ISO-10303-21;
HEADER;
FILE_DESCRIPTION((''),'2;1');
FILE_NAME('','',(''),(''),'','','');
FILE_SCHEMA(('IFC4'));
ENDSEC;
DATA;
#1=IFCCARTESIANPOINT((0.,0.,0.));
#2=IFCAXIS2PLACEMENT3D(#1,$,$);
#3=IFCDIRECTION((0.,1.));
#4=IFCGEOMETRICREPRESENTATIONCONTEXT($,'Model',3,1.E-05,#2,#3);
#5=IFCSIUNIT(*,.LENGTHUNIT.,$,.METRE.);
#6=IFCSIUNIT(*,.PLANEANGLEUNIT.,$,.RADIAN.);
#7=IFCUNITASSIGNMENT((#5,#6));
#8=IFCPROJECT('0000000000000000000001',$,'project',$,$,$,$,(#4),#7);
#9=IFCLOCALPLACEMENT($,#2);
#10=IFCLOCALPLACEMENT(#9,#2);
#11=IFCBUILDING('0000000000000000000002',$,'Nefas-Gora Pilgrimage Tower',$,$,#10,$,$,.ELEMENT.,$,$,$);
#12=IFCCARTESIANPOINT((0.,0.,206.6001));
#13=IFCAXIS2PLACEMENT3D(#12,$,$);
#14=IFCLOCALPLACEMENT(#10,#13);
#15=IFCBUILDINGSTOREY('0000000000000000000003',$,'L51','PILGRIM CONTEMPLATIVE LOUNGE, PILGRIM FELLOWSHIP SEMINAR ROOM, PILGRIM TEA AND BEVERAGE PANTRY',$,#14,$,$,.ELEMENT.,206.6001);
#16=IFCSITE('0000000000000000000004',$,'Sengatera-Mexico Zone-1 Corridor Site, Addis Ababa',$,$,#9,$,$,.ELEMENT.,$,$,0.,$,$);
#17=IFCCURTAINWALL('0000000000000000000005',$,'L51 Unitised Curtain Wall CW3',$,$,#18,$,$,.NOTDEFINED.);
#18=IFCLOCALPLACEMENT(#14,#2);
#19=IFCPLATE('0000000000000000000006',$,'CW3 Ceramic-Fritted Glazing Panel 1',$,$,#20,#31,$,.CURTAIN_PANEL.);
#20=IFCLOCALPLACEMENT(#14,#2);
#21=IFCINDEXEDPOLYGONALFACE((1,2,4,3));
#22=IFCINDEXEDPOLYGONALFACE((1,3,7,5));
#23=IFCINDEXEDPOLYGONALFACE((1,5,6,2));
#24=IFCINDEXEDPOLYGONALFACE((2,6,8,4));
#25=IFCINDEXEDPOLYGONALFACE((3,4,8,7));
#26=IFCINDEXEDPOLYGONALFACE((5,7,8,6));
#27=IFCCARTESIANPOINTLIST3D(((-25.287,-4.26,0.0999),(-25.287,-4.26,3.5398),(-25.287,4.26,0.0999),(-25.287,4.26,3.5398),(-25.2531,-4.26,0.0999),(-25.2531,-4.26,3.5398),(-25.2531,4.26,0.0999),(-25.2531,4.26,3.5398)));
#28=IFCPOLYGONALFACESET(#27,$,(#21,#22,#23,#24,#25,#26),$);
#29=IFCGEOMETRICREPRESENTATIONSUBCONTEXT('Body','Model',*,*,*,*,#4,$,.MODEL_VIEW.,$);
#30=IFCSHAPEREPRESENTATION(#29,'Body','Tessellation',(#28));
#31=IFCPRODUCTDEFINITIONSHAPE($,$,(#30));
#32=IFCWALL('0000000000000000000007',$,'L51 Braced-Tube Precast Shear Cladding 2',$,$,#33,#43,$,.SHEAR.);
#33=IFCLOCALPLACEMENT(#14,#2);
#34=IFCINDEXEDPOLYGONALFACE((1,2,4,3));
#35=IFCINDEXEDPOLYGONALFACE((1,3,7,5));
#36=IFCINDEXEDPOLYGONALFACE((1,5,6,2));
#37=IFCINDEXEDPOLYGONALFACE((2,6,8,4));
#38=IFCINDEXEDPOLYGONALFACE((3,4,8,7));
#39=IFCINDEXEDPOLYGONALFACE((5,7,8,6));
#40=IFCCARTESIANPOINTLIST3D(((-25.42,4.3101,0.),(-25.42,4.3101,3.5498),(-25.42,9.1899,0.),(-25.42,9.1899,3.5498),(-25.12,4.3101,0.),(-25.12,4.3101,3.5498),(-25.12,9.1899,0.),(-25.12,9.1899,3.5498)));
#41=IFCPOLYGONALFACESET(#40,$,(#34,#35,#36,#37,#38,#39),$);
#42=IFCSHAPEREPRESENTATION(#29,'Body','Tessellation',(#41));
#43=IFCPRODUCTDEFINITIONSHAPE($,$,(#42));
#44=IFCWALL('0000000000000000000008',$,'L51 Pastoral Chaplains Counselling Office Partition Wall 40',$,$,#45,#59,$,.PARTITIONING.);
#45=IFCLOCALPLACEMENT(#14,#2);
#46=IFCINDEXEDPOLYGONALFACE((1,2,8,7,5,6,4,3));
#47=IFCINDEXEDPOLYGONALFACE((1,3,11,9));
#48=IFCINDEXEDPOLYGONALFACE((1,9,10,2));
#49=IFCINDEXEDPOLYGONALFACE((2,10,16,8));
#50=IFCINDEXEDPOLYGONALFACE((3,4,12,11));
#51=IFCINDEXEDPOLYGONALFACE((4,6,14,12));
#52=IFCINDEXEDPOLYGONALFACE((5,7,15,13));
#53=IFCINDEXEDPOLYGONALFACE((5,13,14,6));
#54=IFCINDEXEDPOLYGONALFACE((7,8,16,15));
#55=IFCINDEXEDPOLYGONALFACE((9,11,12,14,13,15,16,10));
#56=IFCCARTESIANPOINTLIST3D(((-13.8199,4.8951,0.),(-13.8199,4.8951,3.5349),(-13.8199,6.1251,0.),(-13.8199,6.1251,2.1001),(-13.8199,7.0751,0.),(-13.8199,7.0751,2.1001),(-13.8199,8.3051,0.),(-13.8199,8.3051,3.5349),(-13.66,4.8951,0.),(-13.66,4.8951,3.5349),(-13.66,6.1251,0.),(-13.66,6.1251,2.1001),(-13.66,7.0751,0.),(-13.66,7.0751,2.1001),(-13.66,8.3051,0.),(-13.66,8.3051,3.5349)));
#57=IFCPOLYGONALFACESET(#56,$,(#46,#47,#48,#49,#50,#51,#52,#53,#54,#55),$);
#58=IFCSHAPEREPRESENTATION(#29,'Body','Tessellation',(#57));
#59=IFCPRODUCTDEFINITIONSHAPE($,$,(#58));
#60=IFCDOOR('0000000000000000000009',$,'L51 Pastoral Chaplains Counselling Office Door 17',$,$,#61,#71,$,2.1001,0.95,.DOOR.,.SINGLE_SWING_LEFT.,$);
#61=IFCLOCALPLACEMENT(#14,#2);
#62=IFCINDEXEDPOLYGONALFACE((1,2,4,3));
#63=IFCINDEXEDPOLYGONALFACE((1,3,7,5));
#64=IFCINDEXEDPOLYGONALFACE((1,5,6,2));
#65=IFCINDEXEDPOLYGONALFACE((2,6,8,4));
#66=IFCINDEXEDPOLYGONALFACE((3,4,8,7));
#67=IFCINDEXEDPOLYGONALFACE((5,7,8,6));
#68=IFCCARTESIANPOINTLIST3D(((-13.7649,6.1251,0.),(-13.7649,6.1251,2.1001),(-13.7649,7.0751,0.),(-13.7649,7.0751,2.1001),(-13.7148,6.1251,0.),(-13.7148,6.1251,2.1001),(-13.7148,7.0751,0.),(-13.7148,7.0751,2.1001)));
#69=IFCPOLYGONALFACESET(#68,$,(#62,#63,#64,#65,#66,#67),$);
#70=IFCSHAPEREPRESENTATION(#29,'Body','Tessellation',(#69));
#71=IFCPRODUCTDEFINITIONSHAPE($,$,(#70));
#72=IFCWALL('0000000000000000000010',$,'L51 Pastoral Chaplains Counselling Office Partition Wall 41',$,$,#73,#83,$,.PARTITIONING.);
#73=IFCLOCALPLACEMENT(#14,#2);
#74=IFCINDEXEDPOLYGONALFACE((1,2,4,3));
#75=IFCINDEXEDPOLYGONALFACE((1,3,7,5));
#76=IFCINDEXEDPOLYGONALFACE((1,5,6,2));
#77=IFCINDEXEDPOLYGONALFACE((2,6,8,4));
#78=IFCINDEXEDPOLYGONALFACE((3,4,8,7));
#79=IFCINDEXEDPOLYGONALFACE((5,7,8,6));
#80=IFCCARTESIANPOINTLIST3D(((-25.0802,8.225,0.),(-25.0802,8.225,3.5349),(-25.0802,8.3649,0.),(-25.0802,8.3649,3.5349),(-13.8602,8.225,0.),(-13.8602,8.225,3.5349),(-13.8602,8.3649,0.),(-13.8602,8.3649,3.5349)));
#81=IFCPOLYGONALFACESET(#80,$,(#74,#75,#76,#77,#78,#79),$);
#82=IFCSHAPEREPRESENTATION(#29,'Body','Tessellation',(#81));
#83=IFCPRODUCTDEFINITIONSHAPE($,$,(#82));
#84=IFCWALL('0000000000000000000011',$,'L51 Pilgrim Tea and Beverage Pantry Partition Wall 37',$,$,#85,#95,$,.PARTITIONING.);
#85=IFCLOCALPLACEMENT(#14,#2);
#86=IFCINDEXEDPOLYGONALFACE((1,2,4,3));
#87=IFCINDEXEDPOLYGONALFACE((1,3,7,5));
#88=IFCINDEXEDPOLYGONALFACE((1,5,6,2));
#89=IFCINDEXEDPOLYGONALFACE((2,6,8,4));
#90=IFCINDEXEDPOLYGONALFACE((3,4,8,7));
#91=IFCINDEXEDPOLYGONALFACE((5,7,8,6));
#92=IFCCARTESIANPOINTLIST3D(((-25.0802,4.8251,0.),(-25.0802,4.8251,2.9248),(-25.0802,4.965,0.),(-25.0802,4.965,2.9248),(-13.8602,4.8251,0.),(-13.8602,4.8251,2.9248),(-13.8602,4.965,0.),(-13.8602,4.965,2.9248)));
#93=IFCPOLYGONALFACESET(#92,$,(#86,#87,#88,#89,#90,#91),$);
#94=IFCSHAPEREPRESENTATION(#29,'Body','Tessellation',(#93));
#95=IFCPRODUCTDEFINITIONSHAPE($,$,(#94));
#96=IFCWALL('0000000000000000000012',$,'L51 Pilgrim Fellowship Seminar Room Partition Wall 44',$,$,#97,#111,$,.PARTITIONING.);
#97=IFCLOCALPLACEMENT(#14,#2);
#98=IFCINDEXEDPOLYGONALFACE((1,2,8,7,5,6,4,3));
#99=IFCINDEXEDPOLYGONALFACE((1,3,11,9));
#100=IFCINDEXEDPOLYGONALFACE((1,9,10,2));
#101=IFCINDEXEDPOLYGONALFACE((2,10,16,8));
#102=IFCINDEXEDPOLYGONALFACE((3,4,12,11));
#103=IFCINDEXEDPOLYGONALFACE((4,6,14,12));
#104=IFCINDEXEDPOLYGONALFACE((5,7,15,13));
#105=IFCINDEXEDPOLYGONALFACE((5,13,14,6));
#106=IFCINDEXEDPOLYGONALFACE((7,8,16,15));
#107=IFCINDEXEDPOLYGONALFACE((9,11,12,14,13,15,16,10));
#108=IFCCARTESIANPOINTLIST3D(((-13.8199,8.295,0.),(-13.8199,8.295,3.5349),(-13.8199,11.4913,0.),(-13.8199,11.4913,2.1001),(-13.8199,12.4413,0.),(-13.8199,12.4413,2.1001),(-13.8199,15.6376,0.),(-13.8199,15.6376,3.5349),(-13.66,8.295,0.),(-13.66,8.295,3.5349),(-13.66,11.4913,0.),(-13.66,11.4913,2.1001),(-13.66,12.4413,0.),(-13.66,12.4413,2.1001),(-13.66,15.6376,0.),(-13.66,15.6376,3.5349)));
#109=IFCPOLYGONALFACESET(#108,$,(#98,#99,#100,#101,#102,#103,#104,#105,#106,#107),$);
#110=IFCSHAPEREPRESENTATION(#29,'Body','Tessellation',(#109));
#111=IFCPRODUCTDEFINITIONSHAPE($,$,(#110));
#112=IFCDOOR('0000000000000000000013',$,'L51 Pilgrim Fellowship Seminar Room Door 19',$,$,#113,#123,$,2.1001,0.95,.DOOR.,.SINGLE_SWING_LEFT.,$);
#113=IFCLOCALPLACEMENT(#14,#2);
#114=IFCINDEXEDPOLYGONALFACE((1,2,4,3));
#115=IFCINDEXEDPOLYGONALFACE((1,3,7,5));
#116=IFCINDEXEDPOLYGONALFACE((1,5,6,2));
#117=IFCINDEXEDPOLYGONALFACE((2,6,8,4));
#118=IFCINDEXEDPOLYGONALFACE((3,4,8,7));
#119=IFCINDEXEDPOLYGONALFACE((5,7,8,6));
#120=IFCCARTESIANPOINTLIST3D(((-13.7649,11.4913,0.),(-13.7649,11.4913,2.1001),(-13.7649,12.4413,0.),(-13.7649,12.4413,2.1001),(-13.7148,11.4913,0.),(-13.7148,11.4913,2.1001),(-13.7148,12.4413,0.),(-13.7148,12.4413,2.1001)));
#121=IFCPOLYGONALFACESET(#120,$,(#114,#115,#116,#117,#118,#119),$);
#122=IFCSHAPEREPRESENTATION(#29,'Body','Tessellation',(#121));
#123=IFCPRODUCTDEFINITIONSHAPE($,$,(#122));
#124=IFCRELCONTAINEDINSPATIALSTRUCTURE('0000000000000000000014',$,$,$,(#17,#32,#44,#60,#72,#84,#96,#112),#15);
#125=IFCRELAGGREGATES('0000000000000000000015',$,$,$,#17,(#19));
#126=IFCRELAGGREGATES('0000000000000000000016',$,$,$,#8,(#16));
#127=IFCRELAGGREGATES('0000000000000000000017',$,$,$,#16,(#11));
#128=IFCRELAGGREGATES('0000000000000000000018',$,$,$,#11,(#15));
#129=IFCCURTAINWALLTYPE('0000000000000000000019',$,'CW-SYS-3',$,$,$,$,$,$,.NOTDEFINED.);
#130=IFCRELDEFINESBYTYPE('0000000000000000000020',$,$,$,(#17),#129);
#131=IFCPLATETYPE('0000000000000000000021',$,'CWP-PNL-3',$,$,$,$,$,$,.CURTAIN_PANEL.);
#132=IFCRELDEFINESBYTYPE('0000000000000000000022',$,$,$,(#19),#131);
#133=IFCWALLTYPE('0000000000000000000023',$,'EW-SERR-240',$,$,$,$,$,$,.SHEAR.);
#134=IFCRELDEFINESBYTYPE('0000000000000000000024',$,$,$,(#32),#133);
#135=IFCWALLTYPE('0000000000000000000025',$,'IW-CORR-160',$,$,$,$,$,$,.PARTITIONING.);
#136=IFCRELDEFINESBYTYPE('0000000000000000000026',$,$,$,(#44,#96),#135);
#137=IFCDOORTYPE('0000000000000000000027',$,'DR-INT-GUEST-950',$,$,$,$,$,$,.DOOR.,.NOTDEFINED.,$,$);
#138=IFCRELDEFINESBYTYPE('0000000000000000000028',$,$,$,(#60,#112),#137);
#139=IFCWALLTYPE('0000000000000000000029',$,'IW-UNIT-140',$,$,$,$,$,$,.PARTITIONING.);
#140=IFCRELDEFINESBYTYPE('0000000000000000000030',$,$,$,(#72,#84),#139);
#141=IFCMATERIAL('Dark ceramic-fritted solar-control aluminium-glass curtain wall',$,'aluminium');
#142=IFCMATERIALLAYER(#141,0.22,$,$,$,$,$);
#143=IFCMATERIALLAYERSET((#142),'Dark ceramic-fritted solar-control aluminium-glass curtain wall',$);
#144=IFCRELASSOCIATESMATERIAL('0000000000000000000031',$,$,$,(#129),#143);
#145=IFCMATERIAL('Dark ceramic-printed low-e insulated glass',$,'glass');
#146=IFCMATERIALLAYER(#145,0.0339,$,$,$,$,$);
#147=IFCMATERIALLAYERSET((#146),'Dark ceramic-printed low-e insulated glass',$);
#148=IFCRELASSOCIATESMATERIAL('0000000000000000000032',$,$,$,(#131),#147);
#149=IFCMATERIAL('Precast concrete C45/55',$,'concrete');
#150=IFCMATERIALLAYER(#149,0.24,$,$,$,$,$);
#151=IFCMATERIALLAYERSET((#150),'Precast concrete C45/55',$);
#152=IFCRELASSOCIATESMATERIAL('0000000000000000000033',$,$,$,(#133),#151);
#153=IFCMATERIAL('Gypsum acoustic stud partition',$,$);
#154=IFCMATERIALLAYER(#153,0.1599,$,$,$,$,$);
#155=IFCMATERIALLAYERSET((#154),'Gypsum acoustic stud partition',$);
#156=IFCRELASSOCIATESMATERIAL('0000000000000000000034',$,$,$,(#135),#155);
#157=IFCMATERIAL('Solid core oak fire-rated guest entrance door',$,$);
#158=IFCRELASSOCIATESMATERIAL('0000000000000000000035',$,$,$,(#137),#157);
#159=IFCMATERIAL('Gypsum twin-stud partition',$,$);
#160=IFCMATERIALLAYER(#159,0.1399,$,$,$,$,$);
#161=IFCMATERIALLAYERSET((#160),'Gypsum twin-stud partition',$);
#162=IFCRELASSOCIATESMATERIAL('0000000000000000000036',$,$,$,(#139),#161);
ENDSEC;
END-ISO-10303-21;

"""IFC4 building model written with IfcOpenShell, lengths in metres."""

from ifc_helpers import new_model, si_unit, direction, frame, frame_2d, origin, origin_2d, place, context, subcontext, project, spatial, rectangle, extrude, source, transform, mapped, material, layer, layer_set, type_object, element, fill, aggregate, save


model = new_model("IFC4")

# Units and contexts
model_context = context("Model", 3, precision=1e-05, world=origin(), true_north=direction((0.0, 1.0)))
body_context = subcontext(model_context, "Body", "Model", "MODEL_VIEW")
ifc_project = project(units=[si_unit("LENGTHUNIT", "METRE"), si_unit("PLANEANGLEUNIT", "RADIAN")], contexts=[model_context])

# Site, building, storey
site_placement = place(None, origin())
site = spatial("IfcSite", under=ifc_project, at=site_placement, Name="Sengatera-Mexico Zone-1 Corridor Site, Addis Ababa", CompositionType="ELEMENT", RefElevation=0.0)
building_placement = place(site_placement, origin())
building = spatial("IfcBuilding", under=site, at=building_placement, Name="Nefas-Gora Pilgrimage Tower", CompositionType="ELEMENT")
storey_placement = place(building_placement, frame((0.0, 0.0, 206.6001)))
storey = spatial("IfcBuildingStorey", under=building, at=storey_placement, Name="L51", Description="PILGRIM CONTEMPLATIVE LOUNGE, PILGRIM FELLOWSHIP SEMINAR ROOM, PILGRIM TEA AND BEVERAGE PANTRY", CompositionType="ELEMENT", Elevation=206.6001)

# Curtain wall
ifc_material_1 = material(Name="Dark ceramic-fritted solar-control aluminium-glass curtain wall", Category="aluminium")
ifc_layer_1 = layer(ifc_material_1, 0.22)
ifc_layer_set_1 = layer_set([ifc_layer_1], Name="Dark ceramic-fritted solar-control aluminium-glass curtain wall")
curtain_wall_type = type_object("IfcCurtainWallType", Name="CW-SYS-3", PredefinedType="NOTDEFINED", material=ifc_layer_set_1)
curtain_wall_placement = place(storey_placement, origin())
curtain_wall = element("IfcCurtainWall", 1, at=curtain_wall_placement, inside=storey, type_object=curtain_wall_type, Name="L51 Unitised Curtain Wall CW3", PredefinedType="NOTDEFINED")

# Plate
ifc_material_2 = material(Name="Dark ceramic-printed low-e insulated glass", Category="glass")
ifc_layer_2 = layer(ifc_material_2, 0.0339)
ifc_layer_set_2 = layer_set([ifc_layer_2], Name="Dark ceramic-printed low-e insulated glass")
plate_type_1 = type_object("IfcPlateType", Name="CWP-PNL-3", PredefinedType="CURTAIN_PANEL", material=ifc_layer_set_2)
shared_shape_1 = source(origin(), body_context, "Body", "SweptSolid", [
    extrude(rectangle(XDim=8.52, YDim=0.0339, at=origin_2d()), origin(), (0.0, 0.0, 1.0), 3.4399),
])
plate_1_placement = place(storey_placement, frame((-25.27, 0.0, 0.0999), z_axis=(0.0, 0.0, 1.0), x_axis=(0.0, -1.0, 0.0)))
plate_1 = element("IfcPlate", 2, at=plate_1_placement, type_object=plate_type_1, Name="CW3 Ceramic-Fritted Glazing Panel 1", PredefinedType="CURTAIN_PANEL", context=body_context, shape_type="MappedRepresentation", body=[
    mapped(shared_shape_1, transform((0.0, 0.0, 0.0), x_axis=(1.0, 0.0, 0.0), y_axis=(0.0, 1.0, 0.0), z_axis=(0.0, 0.0, 1.0), scale=1.0)),
])
aggregate(curtain_wall, [plate_1])

# Wall
ifc_material_3 = material(Name="Precast concrete C45/55", Category="concrete")
ifc_layer_3 = layer(ifc_material_3, 0.24)
ifc_layer_set_3 = layer_set([ifc_layer_3], Name="Precast concrete C45/55")
wall_type_1 = type_object("IfcWallType", Name="EW-SERR-240", PredefinedType="SHEAR", material=ifc_layer_set_3)
shared_shape_2 = source(origin(), body_context, "Body", "SweptSolid", [
    extrude(rectangle(XDim=4.8799, YDim=0.3, at=frame_2d((2.4399, 0.0))), origin(), (0.0, 0.0, 1.0), 3.5498),
])
wall_1_placement = place(storey_placement, frame((-25.27, 4.3101, 0.0), z_axis=(0.0, 0.0, 1.0), x_axis=(0.0, 1.0, 0.0)))
element("IfcWall", 3, at=wall_1_placement, inside=storey, type_object=wall_type_1, Name="L51 Braced-Tube Precast Shear Cladding 2", PredefinedType="SHEAR", context=body_context, shape_type="MappedRepresentation", body=[
    mapped(shared_shape_2, transform((0.0, 0.0, 0.0), x_axis=(1.0, 0.0, 0.0), y_axis=(0.0, 1.0, 0.0), z_axis=(0.0, 0.0, 1.0), scale=1.0)),
])

# Wall, opening, door
ifc_material_4 = material(Name="Gypsum acoustic stud partition")
ifc_layer_4 = layer(ifc_material_4, 0.1599)
ifc_layer_set_4 = layer_set([ifc_layer_4], Name="Gypsum acoustic stud partition")
wall_type_2 = type_object("IfcWallType", Name="IW-CORR-160", PredefinedType="PARTITIONING", material=ifc_layer_set_4)
shared_shape_3 = source(origin(), body_context, "Body", "SweptSolid", [
    extrude(rectangle(XDim=3.4099, YDim=0.1599, at=frame_2d((1.7051, 0.0))), origin(), (0.0, 0.0, 1.0), 3.5349),
])
wall_2_placement = place(storey_placement, frame((-13.74, 4.895, 0.0), z_axis=(0.0, 0.0, 1.0), x_axis=(0.0, 1.0, 0.0)))
wall_2 = element("IfcWall", 4, at=wall_2_placement, inside=storey, type_object=wall_type_2, Name="L51 Pastoral Chaplains Counselling Office Partition Wall 40", PredefinedType="PARTITIONING", context=body_context, shape_type="MappedRepresentation", body=[
    mapped(shared_shape_3, transform((0.0, 0.0, 0.0), x_axis=(1.0, 0.0, 0.0), y_axis=(0.0, 1.0, 0.0), z_axis=(0.0, 0.0, 1.0), scale=1.0)),
])
opening_1_placement = place(wall_2_placement, frame((1.23, 0.0, 0.0)))
opening_1 = element("IfcOpeningElement", 5, at=opening_1_placement, cuts=wall_2, PredefinedType="OPENING", context=body_context, shape_type="SweptSolid", body=[
    extrude(rectangle(XDim=0.95, YDim=2.1001, at=frame_2d((0.4751, 1.05))), frame((0.0, 0.0898, 0.0), z_axis=(0.0, -1.0, 0.0), x_axis=(1.0, 0.0, 0.0)), (0.0, 0.0, 1.0), 0.1799),
])
ifc_material_5 = material(Name="Solid core oak fire-rated guest entrance door")
door_type = type_object("IfcDoorType", Name="DR-INT-GUEST-950", OperationType="NOTDEFINED", PredefinedType="DOOR", material=ifc_material_5)
shared_shape_4 = source(origin(), body_context, "Body", "SweptSolid", [
    extrude(rectangle(XDim=0.95, YDim=2.1001, at=frame_2d((0.4751, 1.05))), frame((0.0, 0.0249, 0.0), z_axis=(0.0, -1.0, 0.0), x_axis=(1.0, 0.0, 0.0)), (0.0, 0.0, 1.0), 0.05),
])
door_1_placement = place(opening_1_placement, origin())
door_1 = element("IfcDoor", 6, at=door_1_placement, inside=storey, type_object=door_type, Name="L51 Pastoral Chaplains Counselling Office Door 17", OperationType="SINGLE_SWING_LEFT", OverallHeight=2.1001, OverallWidth=0.95, PredefinedType="DOOR", context=body_context, shape_type="MappedRepresentation", body=[
    mapped(shared_shape_4, transform((0.0, 0.0, 0.0), x_axis=(1.0, 0.0, 0.0), y_axis=(0.0, 1.0, 0.0), z_axis=(0.0, 0.0, 1.0), scale=1.0)),
])
fill(opening_1, door_1)

# Walls
ifc_material_6 = material(Name="Gypsum twin-stud partition")
ifc_layer_5 = layer(ifc_material_6, 0.1399)
ifc_layer_set_5 = layer_set([ifc_layer_5], Name="Gypsum twin-stud partition")
wall_type_3 = type_object("IfcWallType", Name="IW-UNIT-140", PredefinedType="PARTITIONING", material=ifc_layer_set_5)
shared_shape_5 = source(origin(), body_context, "Body", "SweptSolid", [
    extrude(rectangle(XDim=11.22, YDim=0.1399, at=frame_2d((5.6099, 0.0))), origin(), (0.0, 0.0, 1.0), 3.5349),
])
wall_3_placement = place(storey_placement, frame((-25.0801, 8.2949, 0.0), z_axis=(0.0, 0.0, 1.0), x_axis=(1.0, 0.0, 0.0)))
element("IfcWall", 7, at=wall_3_placement, inside=storey, type_object=wall_type_3, Name="L51 Pastoral Chaplains Counselling Office Partition Wall 41", PredefinedType="PARTITIONING", context=body_context, shape_type="MappedRepresentation", body=[
    mapped(shared_shape_5, transform((0.0, 0.0, 0.0), x_axis=(1.0, 0.0, 0.0), y_axis=(0.0, 1.0, 0.0), z_axis=(0.0, 0.0, 1.0), scale=1.0)),
])
shared_shape_6 = source(origin(), body_context, "Body", "SweptSolid", [
    extrude(rectangle(XDim=11.22, YDim=0.1399, at=frame_2d((5.6099, 0.0))), origin(), (0.0, 0.0, 1.0), 2.9248),
])
wall_4_placement = place(storey_placement, frame((-25.0801, 4.895, 0.0), z_axis=(0.0, 0.0, 1.0), x_axis=(1.0, 0.0, 0.0)))
element("IfcWall", 8, at=wall_4_placement, inside=storey, type_object=wall_type_3, Name="L51 Pilgrim Tea and Beverage Pantry Partition Wall 37", PredefinedType="PARTITIONING", context=body_context, shape_type="MappedRepresentation", body=[
    mapped(shared_shape_6, transform((0.0, 0.0, 0.0), x_axis=(1.0, 0.0, 0.0), y_axis=(0.0, 1.0, 0.0), z_axis=(0.0, 0.0, 1.0), scale=1.0)),
])

# Wall, opening, door
shared_shape_7 = source(origin(), body_context, "Body", "SweptSolid", [
    extrude(rectangle(XDim=7.3425, YDim=0.1599, at=frame_2d((3.6714, 0.0))), origin(), (0.0, 0.0, 1.0), 3.5349),
])
wall_5_placement = place(storey_placement, frame((-13.74, 8.2949, 0.0), z_axis=(0.0, 0.0, 1.0), x_axis=(0.0, 1.0, 0.0)))
wall_5 = element("IfcWall", 9, at=wall_5_placement, inside=storey, type_object=wall_type_2, Name="L51 Pilgrim Fellowship Seminar Room Partition Wall 44", PredefinedType="PARTITIONING", context=body_context, shape_type="MappedRepresentation", body=[
    mapped(shared_shape_7, transform((0.0, 0.0, 0.0), x_axis=(1.0, 0.0, 0.0), y_axis=(0.0, 1.0, 0.0), z_axis=(0.0, 0.0, 1.0), scale=1.0)),
])
opening_2_placement = place(wall_5_placement, frame((3.1963, 0.0, 0.0)))
opening_2 = element("IfcOpeningElement", 10, at=opening_2_placement, cuts=wall_5, PredefinedType="OPENING", context=body_context, shape_type="SweptSolid", body=[
    extrude(rectangle(XDim=0.95, YDim=2.1001, at=frame_2d((0.4751, 1.05))), frame((0.0, 0.0898, 0.0), z_axis=(0.0, -1.0, 0.0), x_axis=(1.0, 0.0, 0.0)), (0.0, 0.0, 1.0), 0.1799),
])
door_2_placement = place(opening_2_placement, origin())
door_2 = element("IfcDoor", 11, at=door_2_placement, inside=storey, type_object=door_type, Name="L51 Pilgrim Fellowship Seminar Room Door 19", OperationType="SINGLE_SWING_LEFT", OverallHeight=2.1001, OverallWidth=0.95, PredefinedType="DOOR", context=body_context, shape_type="MappedRepresentation", body=[
    mapped(shared_shape_4, transform((0.0, 0.0, 0.0), x_axis=(1.0, 0.0, 0.0), y_axis=(0.0, 1.0, 0.0), z_axis=(0.0, 0.0, 1.0), scale=1.0)),
])
fill(opening_2, door_2)

save(model, "model.ifc")
